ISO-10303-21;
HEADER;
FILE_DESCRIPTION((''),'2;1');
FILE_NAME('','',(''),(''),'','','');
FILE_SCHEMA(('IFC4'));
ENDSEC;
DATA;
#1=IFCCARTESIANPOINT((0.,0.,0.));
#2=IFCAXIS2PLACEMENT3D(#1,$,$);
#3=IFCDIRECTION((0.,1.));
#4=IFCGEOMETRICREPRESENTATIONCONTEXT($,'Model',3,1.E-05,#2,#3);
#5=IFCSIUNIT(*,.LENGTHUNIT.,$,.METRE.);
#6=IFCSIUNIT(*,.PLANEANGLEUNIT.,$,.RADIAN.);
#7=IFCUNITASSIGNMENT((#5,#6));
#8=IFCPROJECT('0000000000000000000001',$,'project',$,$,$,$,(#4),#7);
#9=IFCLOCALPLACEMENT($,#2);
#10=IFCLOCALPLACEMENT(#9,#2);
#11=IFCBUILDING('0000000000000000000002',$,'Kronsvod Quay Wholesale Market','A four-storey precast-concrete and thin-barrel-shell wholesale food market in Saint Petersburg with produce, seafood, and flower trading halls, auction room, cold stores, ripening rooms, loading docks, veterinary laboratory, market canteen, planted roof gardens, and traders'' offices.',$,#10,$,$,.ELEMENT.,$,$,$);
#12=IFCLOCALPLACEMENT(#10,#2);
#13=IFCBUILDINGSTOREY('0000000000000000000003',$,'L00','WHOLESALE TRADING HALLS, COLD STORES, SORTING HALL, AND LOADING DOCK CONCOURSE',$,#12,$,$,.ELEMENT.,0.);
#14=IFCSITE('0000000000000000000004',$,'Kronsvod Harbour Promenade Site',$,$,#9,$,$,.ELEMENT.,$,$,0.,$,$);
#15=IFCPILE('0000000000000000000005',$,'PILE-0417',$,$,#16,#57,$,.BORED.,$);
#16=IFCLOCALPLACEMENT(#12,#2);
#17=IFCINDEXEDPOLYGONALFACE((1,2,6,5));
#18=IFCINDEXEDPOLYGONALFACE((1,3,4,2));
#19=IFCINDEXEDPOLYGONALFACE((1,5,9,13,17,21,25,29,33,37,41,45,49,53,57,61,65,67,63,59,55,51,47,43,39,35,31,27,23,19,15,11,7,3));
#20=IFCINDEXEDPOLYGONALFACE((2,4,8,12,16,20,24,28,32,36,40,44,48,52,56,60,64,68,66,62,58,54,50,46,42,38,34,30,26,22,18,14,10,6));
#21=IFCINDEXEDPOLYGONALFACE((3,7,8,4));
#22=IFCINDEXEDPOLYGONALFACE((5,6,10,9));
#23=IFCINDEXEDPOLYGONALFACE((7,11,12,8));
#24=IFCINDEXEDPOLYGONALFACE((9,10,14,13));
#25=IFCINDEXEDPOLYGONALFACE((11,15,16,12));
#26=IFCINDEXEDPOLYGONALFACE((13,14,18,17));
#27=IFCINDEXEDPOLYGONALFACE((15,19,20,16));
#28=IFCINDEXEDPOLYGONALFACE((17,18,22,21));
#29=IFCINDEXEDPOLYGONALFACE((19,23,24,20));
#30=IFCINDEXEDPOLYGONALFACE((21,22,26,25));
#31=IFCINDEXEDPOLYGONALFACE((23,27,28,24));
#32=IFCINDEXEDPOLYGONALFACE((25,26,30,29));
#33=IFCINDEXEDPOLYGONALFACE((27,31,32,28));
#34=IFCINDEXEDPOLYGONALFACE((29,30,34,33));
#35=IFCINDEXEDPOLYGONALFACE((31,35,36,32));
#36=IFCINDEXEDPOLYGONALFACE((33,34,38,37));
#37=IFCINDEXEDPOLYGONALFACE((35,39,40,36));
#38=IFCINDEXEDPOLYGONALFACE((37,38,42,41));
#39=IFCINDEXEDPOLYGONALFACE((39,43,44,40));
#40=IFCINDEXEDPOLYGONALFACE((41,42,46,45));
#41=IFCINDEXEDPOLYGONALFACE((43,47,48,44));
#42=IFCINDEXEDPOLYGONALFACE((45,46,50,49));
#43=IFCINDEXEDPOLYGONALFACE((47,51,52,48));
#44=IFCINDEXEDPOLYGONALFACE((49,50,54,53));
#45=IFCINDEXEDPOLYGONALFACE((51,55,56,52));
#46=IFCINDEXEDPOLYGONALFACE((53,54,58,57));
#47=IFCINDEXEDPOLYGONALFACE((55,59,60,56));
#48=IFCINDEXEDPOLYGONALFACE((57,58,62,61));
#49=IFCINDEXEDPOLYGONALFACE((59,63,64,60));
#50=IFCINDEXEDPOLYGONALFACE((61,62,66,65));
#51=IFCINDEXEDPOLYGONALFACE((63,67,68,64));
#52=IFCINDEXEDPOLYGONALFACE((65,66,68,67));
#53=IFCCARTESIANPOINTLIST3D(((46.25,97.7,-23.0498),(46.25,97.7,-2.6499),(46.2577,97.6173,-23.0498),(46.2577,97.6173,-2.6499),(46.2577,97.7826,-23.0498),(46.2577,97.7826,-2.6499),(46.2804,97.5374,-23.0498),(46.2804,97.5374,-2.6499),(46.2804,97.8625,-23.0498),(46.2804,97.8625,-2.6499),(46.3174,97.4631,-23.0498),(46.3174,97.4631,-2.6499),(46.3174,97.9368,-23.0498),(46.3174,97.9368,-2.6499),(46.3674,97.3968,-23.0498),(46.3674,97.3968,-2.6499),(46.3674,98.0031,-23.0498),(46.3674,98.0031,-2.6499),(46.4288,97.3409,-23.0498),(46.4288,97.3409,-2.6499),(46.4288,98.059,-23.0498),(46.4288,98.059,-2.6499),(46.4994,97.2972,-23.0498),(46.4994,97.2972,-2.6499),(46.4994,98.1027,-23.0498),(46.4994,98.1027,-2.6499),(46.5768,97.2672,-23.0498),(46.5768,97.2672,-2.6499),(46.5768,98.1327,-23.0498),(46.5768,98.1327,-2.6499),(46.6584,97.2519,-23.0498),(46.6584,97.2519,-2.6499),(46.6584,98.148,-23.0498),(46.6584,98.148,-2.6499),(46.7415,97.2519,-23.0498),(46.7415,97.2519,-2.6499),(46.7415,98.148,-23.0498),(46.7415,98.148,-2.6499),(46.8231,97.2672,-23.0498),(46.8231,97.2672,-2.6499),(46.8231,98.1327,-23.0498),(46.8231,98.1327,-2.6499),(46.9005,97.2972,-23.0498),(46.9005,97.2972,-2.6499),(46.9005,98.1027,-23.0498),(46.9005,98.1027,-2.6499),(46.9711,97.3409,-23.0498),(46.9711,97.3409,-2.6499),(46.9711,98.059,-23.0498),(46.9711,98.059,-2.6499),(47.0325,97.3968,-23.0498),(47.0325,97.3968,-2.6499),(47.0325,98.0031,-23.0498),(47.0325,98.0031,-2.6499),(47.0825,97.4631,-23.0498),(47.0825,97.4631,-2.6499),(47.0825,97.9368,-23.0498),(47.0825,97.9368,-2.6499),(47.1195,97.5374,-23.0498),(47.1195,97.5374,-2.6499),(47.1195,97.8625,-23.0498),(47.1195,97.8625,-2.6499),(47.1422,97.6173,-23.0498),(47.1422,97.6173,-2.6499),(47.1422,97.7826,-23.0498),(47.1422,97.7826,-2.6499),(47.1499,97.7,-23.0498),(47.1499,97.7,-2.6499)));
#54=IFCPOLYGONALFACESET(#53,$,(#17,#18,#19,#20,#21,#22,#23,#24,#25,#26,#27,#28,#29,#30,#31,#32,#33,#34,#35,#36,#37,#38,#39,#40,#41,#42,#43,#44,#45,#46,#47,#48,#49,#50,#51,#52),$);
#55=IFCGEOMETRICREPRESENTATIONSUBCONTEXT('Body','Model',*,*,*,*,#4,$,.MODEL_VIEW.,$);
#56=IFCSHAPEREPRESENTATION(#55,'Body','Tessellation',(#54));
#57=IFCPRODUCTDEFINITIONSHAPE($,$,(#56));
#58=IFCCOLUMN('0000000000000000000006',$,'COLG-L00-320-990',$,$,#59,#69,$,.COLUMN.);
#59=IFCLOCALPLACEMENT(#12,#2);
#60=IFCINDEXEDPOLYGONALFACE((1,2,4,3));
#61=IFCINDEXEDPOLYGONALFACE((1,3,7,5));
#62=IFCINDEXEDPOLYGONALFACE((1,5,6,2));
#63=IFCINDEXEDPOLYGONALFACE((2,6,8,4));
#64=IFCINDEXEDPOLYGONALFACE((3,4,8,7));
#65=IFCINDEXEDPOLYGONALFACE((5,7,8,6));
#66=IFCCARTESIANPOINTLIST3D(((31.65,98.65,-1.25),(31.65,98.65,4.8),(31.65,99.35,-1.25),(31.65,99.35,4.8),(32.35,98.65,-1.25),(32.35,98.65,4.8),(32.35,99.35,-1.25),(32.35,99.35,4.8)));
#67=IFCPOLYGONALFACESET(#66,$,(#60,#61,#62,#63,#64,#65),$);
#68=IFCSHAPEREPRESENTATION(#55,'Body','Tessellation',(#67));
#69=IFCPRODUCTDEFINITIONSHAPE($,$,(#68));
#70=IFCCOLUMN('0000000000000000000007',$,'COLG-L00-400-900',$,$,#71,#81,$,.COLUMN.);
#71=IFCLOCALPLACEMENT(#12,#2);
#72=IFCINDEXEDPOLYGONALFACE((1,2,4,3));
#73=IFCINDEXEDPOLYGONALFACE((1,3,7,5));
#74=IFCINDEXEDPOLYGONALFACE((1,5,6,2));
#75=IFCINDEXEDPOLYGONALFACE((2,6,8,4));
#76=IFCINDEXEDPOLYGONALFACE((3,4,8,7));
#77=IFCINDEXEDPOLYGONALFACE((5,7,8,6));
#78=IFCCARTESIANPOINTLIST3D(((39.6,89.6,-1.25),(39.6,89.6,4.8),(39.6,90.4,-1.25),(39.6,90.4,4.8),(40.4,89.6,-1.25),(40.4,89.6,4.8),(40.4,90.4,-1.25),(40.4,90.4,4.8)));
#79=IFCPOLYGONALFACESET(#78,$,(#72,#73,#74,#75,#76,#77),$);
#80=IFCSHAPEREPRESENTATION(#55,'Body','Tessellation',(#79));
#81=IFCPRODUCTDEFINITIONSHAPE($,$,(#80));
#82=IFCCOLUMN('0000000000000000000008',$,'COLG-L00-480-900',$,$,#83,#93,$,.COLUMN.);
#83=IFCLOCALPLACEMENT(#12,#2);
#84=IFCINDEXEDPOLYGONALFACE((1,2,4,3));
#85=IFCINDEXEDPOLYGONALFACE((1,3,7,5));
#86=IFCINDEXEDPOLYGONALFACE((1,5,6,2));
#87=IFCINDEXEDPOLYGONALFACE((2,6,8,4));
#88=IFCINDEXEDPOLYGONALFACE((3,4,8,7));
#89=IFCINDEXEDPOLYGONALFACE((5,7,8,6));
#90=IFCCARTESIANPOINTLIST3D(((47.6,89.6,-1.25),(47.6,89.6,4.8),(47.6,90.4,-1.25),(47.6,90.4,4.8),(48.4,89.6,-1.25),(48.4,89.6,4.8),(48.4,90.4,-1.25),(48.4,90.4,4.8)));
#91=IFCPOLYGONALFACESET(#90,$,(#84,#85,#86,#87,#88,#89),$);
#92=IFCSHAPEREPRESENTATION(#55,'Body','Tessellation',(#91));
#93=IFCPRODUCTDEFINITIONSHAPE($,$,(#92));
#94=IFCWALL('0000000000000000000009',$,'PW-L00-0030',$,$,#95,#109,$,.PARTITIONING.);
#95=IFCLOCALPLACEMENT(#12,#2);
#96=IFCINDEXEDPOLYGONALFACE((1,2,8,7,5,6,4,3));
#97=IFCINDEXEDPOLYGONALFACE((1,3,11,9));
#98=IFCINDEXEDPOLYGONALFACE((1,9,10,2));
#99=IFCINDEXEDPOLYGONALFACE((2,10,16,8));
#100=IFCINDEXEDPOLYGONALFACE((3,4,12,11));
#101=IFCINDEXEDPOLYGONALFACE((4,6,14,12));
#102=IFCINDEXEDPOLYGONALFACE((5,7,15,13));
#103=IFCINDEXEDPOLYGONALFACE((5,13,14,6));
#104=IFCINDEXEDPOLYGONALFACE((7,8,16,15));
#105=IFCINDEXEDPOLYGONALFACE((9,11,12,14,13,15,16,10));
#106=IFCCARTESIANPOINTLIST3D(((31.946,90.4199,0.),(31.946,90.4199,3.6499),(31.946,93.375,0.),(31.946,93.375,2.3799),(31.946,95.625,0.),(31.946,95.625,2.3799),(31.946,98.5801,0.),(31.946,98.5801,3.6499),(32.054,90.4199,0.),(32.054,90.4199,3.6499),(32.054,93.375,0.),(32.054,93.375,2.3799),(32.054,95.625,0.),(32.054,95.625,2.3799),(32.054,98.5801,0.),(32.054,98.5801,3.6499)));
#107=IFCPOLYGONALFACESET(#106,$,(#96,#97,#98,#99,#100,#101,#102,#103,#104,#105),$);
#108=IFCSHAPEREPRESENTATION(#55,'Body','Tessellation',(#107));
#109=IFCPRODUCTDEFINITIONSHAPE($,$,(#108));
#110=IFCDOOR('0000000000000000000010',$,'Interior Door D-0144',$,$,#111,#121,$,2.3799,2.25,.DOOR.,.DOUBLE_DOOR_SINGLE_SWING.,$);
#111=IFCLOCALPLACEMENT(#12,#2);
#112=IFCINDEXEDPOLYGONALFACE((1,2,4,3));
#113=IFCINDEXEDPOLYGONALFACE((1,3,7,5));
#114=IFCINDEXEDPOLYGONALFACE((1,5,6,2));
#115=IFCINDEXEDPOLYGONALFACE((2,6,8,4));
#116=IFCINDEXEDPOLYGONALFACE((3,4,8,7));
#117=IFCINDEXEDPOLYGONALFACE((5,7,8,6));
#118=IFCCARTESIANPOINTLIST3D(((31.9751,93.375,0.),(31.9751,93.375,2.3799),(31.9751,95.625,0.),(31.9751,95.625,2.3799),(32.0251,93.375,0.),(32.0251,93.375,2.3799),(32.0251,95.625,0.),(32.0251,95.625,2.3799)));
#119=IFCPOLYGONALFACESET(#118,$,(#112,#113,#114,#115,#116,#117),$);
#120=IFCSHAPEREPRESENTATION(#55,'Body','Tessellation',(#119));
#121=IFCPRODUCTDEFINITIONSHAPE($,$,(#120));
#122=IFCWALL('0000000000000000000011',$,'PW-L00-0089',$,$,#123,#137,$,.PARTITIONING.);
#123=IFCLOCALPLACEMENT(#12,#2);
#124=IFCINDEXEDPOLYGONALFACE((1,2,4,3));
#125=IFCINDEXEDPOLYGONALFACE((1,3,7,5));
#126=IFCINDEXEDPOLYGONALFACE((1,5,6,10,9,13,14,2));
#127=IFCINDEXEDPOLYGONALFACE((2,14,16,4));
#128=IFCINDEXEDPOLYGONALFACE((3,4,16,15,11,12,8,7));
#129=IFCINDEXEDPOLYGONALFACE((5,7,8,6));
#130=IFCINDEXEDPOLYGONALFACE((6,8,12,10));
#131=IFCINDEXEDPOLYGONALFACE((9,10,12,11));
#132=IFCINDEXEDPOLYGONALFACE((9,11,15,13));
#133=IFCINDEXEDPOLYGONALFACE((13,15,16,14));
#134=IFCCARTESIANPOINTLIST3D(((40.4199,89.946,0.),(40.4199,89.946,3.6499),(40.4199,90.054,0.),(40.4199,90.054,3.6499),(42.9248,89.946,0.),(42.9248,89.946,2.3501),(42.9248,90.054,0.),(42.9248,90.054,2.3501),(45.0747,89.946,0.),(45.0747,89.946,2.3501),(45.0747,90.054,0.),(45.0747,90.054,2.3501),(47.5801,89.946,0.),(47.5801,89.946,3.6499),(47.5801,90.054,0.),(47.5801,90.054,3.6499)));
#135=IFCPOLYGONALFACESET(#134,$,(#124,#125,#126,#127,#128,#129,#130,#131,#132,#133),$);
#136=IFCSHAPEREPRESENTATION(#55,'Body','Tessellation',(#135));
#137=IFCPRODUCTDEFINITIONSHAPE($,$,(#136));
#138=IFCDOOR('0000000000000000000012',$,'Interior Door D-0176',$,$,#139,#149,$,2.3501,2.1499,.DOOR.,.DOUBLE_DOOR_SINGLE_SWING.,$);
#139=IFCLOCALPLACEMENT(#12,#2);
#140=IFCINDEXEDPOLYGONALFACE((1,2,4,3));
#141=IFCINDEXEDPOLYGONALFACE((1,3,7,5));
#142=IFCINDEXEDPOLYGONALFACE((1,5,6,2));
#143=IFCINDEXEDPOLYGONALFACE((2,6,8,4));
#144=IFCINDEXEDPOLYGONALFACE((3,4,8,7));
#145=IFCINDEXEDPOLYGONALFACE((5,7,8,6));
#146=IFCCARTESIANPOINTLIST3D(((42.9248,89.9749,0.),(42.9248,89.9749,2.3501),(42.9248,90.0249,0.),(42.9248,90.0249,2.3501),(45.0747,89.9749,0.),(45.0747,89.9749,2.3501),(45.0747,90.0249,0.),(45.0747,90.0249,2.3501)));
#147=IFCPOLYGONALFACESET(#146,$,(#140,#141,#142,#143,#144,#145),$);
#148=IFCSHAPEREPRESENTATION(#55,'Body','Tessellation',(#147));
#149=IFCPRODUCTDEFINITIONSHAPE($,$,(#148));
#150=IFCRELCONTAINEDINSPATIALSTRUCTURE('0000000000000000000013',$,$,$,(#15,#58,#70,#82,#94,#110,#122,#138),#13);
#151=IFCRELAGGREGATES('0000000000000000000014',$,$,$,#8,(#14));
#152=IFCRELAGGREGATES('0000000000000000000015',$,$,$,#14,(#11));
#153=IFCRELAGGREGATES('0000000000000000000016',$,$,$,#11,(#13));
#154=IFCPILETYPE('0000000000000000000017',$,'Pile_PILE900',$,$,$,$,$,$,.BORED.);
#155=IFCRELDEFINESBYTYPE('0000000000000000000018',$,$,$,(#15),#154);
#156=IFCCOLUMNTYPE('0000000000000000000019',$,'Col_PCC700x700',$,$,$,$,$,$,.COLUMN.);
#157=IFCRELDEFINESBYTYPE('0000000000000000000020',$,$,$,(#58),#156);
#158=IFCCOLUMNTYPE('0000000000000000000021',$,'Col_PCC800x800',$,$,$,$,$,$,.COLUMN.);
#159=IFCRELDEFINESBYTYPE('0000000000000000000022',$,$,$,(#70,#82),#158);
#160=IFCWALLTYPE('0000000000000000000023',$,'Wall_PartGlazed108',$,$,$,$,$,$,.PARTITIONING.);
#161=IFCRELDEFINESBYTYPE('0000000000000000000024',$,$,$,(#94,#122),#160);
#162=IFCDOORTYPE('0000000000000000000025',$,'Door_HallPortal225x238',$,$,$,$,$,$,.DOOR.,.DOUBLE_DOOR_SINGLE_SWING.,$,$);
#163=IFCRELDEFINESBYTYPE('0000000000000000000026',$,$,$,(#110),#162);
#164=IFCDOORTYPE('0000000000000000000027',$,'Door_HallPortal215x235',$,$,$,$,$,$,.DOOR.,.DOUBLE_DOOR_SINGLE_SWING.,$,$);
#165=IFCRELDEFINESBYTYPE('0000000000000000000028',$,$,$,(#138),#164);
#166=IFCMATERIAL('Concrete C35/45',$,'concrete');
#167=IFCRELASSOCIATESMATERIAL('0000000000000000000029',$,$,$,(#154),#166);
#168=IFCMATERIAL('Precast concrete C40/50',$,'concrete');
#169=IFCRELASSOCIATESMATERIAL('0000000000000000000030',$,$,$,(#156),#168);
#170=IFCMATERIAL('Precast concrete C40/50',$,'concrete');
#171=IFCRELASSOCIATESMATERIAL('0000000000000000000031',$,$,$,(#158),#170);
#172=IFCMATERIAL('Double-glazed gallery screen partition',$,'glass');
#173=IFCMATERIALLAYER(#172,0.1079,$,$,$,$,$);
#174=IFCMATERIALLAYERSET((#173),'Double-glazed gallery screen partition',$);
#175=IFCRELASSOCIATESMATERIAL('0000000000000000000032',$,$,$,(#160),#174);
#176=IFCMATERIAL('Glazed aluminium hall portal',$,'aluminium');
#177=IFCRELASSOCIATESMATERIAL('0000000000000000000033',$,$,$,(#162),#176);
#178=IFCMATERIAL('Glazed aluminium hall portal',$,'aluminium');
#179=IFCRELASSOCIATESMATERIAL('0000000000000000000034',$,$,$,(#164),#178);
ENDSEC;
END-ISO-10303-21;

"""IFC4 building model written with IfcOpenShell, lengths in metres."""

from ifc_helpers import new_model, si_unit, direction, frame, frame_2d, origin, origin_2d, place, context, subcontext, project, spatial, rectangle, circle, extrude, material, layer, layer_set, material_profile, profile_set, type_object, element, fill, save


model = new_model("IFC4")

# Units and contexts
model_context = context("Model", 3, precision=1e-05, world=origin(), true_north=direction((0.0, 1.0)))
body_context = subcontext(model_context, "Body", "Model", "MODEL_VIEW")
ifc_project = project(units=[si_unit("LENGTHUNIT", "METRE"), si_unit("PLANEANGLEUNIT", "RADIAN")], contexts=[model_context])

# Site, building, storey
site_placement = place(None, origin())
site = spatial("IfcSite", under=ifc_project, at=site_placement, Name="Kronsvod Harbour Promenade Site", CompositionType="ELEMENT", RefElevation=0.0)
building_placement = place(site_placement, origin())
building = spatial("IfcBuilding", under=site, at=building_placement, Name="Kronsvod Quay Wholesale Market", Description="A four-storey precast-concrete and thin-barrel-shell wholesale food market in Saint Petersburg with produce, seafood, and flower trading halls, auction room, cold stores, ripening rooms, loading docks, veterinary laboratory, market canteen, planted roof gardens, and traders' offices.", CompositionType="ELEMENT")
storey_placement = place(building_placement, origin())
storey = spatial("IfcBuildingStorey", under=building, at=storey_placement, Name="L00", Description="WHOLESALE TRADING HALLS, COLD STORES, SORTING HALL, AND LOADING DOCK CONCOURSE", CompositionType="ELEMENT", Elevation=0.0)

# Pile
ifc_material_1 = material(Name="Concrete C35/45", Category="concrete")
ifc_material_profile_1 = material_profile(ifc_material_1, circle(Radius=0.45, at=origin_2d()), Name="PILE900")
ifc_profile_set_1 = profile_set([ifc_material_profile_1], Name="Concrete C35/45")
pile_type = type_object("IfcPileType", Name="Pile_PILE900", PredefinedType="BORED", material=ifc_profile_set_1)
for number, where, z_axis, x_axis, name in (
    (1, (46.7, 97.7, -2.6499), (0.0, 0.0, -1.0), (1.0, 0.0, 0.0), "PILE-0417"),
):
    element("IfcPile", number, at=place(storey_placement, frame(where, z_axis=z_axis, x_axis=x_axis)), inside=storey, type_object=pile_type, Name=name, PredefinedType="BORED", context=body_context, shape_type="SweptSolid", body=[
        extrude(circle(Radius=0.45, at=origin_2d()), origin(), (0.0, 0.0, 1.0), 20.3999),
    ])

# Columns
ifc_material_2 = material(Name="Precast concrete C40/50", Category="concrete")
ifc_material_profile_2 = material_profile(ifc_material_2, rectangle(XDim=0.7, YDim=0.7, at=origin_2d()), Name="PCC700x700")
ifc_profile_set_2 = profile_set([ifc_material_profile_2], Name="Precast concrete C40/50")
column_type_1 = type_object("IfcColumnType", Name="Col_PCC700x700", PredefinedType="COLUMN", material=ifc_profile_set_2)
column_placement = place(storey_placement, frame((32.0, 99.0, -1.25), z_axis=(0.0, 0.0, 1.0), x_axis=(1.0, 0.0, 0.0)))
element("IfcColumn", 2, at=column_placement, inside=storey, type_object=column_type_1, Name="COLG-L00-320-990", PredefinedType="COLUMN", context=body_context, shape_type="SweptSolid", body=[
    extrude(rectangle(XDim=0.7, YDim=0.7, at=origin_2d()), origin(), (0.0, 0.0, 1.0), 6.05),
])
ifc_material_3 = material(Name="Precast concrete C40/50", Category="concrete")
ifc_material_profile_3 = material_profile(ifc_material_3, rectangle(XDim=0.8, YDim=0.8, at=origin_2d()), Name="PCC800x800")
ifc_profile_set_3 = profile_set([ifc_material_profile_3], Name="Precast concrete C40/50")
column_type_2 = type_object("IfcColumnType", Name="Col_PCC800x800", PredefinedType="COLUMN", material=ifc_profile_set_3)
for number, where, z_axis, x_axis, name in (
    (3, (40.0, 90.0, -1.25), (0.0, 0.0, 1.0), (1.0, 0.0, 0.0), "COLG-L00-400-900"),
    (4, (48.0, 90.0, -1.25), (0.0, 0.0, 1.0), (1.0, 0.0, 0.0), "COLG-L00-480-900"),
):
    element("IfcColumn", number, at=place(storey_placement, frame(where, z_axis=z_axis, x_axis=x_axis)), inside=storey, type_object=column_type_2, Name=name, PredefinedType="COLUMN", context=body_context, shape_type="SweptSolid", body=[
        extrude(rectangle(XDim=0.8, YDim=0.8, at=origin_2d()), origin(), (0.0, 0.0, 1.0), 6.05),
    ])

# Walls, openings, doors
ifc_material_4 = material(Name="Double-glazed gallery screen partition", Category="glass")
ifc_layer_1 = layer(ifc_material_4, 0.1079)
ifc_layer_set_1 = layer_set([ifc_layer_1], Name="Double-glazed gallery screen partition")
wall_type_1 = type_object("IfcWallType", Name="Wall_PartGlazed108", PredefinedType="PARTITIONING", material=ifc_layer_set_1)
wall_1_placement = place(storey_placement, frame((32.0, 90.4199, 0.0), z_axis=(0.0, 0.0, 1.0), x_axis=(0.0, 1.0, 0.0)))
wall_1 = element("IfcWall", 5, at=wall_1_placement, inside=storey, type_object=wall_type_1, Name="PW-L00-0030", PredefinedType="PARTITIONING", context=body_context, shape_type="SweptSolid", body=[
    extrude(rectangle(XDim=8.1602, YDim=0.1079, at=frame_2d((4.0801, 0.0))), origin(), (0.0, 0.0, 1.0), 3.6499),
])
opening_1_placement = place(wall_1_placement, frame((2.9551, 0.0, 0.0)))
opening_1 = element("IfcOpeningElement", 6, at=opening_1_placement, cuts=wall_1, PredefinedType="OPENING", context=body_context, shape_type="SweptSolid", body=[
    extrude(rectangle(XDim=2.25, YDim=2.3799, at=frame_2d((1.125, 1.1899))), frame((0.0, 0.064, 0.0), z_axis=(0.0, -1.0, 0.0), x_axis=(1.0, 0.0, 0.0)), (0.0, 0.0, 1.0), 0.1279),
])
ifc_material_5 = material(Name="Glazed aluminium hall portal", Category="aluminium")
door_type_1 = type_object("IfcDoorType", Name="Door_HallPortal225x238", OperationType="DOUBLE_DOOR_SINGLE_SWING", PredefinedType="DOOR", material=ifc_material_5)
door_1_placement = place(opening_1_placement, origin())
door_1 = element("IfcDoor", 7, at=door_1_placement, inside=storey, type_object=door_type_1, Name="Interior Door D-0144", OperationType="DOUBLE_DOOR_SINGLE_SWING", OverallHeight=2.3799, OverallWidth=2.25, PredefinedType="DOOR", context=body_context, shape_type="SweptSolid", body=[
    extrude(rectangle(XDim=2.25, YDim=2.3799, at=frame_2d((1.125, 1.1899))), frame((0.0, 0.0249, 0.0), z_axis=(0.0, -1.0, 0.0), x_axis=(1.0, 0.0, 0.0)), (0.0, 0.0, 1.0), 0.05),
])
fill(opening_1, door_1)
wall_2_placement = place(storey_placement, frame((40.4199, 90.0, 0.0), z_axis=(0.0, 0.0, 1.0), x_axis=(1.0, 0.0, 0.0)))
wall_2 = element("IfcWall", 8, at=wall_2_placement, inside=storey, type_object=wall_type_1, Name="PW-L00-0089", PredefinedType="PARTITIONING", context=body_context, shape_type="SweptSolid", body=[
    extrude(rectangle(XDim=7.1602, YDim=0.1079, at=frame_2d((3.5801, 0.0))), origin(), (0.0, 0.0, 1.0), 3.6499),
])
opening_2_placement = place(wall_2_placement, frame((2.5049, 0.0, 0.0)))
opening_2 = element("IfcOpeningElement", 9, at=opening_2_placement, cuts=wall_2, PredefinedType="OPENING", context=body_context, shape_type="SweptSolid", body=[
    extrude(rectangle(XDim=2.1499, YDim=2.3501, at=frame_2d((1.075, 1.175))), frame((0.0, 0.064, 0.0), z_axis=(0.0, -1.0, 0.0), x_axis=(1.0, 0.0, 0.0)), (0.0, 0.0, 1.0), 0.1279),
])
ifc_material_6 = material(Name="Glazed aluminium hall portal", Category="aluminium")
door_type_2 = type_object("IfcDoorType", Name="Door_HallPortal215x235", OperationType="DOUBLE_DOOR_SINGLE_SWING", PredefinedType="DOOR", material=ifc_material_6)
door_2_placement = place(opening_2_placement, origin())
door_2 = element("IfcDoor", 10, at=door_2_placement, inside=storey, type_object=door_type_2, Name="Interior Door D-0176", OperationType="DOUBLE_DOOR_SINGLE_SWING", OverallHeight=2.3501, OverallWidth=2.1499, PredefinedType="DOOR", context=body_context, shape_type="SweptSolid", body=[
    extrude(rectangle(XDim=2.1499, YDim=2.3501, at=frame_2d((1.075, 1.175))), frame((0.0, 0.0249, 0.0), z_axis=(0.0, -1.0, 0.0), x_axis=(1.0, 0.0, 0.0)), (0.0, 0.0, 1.0), 0.05),
])
fill(opening_2, door_2)

save(model, "model.ifc")
